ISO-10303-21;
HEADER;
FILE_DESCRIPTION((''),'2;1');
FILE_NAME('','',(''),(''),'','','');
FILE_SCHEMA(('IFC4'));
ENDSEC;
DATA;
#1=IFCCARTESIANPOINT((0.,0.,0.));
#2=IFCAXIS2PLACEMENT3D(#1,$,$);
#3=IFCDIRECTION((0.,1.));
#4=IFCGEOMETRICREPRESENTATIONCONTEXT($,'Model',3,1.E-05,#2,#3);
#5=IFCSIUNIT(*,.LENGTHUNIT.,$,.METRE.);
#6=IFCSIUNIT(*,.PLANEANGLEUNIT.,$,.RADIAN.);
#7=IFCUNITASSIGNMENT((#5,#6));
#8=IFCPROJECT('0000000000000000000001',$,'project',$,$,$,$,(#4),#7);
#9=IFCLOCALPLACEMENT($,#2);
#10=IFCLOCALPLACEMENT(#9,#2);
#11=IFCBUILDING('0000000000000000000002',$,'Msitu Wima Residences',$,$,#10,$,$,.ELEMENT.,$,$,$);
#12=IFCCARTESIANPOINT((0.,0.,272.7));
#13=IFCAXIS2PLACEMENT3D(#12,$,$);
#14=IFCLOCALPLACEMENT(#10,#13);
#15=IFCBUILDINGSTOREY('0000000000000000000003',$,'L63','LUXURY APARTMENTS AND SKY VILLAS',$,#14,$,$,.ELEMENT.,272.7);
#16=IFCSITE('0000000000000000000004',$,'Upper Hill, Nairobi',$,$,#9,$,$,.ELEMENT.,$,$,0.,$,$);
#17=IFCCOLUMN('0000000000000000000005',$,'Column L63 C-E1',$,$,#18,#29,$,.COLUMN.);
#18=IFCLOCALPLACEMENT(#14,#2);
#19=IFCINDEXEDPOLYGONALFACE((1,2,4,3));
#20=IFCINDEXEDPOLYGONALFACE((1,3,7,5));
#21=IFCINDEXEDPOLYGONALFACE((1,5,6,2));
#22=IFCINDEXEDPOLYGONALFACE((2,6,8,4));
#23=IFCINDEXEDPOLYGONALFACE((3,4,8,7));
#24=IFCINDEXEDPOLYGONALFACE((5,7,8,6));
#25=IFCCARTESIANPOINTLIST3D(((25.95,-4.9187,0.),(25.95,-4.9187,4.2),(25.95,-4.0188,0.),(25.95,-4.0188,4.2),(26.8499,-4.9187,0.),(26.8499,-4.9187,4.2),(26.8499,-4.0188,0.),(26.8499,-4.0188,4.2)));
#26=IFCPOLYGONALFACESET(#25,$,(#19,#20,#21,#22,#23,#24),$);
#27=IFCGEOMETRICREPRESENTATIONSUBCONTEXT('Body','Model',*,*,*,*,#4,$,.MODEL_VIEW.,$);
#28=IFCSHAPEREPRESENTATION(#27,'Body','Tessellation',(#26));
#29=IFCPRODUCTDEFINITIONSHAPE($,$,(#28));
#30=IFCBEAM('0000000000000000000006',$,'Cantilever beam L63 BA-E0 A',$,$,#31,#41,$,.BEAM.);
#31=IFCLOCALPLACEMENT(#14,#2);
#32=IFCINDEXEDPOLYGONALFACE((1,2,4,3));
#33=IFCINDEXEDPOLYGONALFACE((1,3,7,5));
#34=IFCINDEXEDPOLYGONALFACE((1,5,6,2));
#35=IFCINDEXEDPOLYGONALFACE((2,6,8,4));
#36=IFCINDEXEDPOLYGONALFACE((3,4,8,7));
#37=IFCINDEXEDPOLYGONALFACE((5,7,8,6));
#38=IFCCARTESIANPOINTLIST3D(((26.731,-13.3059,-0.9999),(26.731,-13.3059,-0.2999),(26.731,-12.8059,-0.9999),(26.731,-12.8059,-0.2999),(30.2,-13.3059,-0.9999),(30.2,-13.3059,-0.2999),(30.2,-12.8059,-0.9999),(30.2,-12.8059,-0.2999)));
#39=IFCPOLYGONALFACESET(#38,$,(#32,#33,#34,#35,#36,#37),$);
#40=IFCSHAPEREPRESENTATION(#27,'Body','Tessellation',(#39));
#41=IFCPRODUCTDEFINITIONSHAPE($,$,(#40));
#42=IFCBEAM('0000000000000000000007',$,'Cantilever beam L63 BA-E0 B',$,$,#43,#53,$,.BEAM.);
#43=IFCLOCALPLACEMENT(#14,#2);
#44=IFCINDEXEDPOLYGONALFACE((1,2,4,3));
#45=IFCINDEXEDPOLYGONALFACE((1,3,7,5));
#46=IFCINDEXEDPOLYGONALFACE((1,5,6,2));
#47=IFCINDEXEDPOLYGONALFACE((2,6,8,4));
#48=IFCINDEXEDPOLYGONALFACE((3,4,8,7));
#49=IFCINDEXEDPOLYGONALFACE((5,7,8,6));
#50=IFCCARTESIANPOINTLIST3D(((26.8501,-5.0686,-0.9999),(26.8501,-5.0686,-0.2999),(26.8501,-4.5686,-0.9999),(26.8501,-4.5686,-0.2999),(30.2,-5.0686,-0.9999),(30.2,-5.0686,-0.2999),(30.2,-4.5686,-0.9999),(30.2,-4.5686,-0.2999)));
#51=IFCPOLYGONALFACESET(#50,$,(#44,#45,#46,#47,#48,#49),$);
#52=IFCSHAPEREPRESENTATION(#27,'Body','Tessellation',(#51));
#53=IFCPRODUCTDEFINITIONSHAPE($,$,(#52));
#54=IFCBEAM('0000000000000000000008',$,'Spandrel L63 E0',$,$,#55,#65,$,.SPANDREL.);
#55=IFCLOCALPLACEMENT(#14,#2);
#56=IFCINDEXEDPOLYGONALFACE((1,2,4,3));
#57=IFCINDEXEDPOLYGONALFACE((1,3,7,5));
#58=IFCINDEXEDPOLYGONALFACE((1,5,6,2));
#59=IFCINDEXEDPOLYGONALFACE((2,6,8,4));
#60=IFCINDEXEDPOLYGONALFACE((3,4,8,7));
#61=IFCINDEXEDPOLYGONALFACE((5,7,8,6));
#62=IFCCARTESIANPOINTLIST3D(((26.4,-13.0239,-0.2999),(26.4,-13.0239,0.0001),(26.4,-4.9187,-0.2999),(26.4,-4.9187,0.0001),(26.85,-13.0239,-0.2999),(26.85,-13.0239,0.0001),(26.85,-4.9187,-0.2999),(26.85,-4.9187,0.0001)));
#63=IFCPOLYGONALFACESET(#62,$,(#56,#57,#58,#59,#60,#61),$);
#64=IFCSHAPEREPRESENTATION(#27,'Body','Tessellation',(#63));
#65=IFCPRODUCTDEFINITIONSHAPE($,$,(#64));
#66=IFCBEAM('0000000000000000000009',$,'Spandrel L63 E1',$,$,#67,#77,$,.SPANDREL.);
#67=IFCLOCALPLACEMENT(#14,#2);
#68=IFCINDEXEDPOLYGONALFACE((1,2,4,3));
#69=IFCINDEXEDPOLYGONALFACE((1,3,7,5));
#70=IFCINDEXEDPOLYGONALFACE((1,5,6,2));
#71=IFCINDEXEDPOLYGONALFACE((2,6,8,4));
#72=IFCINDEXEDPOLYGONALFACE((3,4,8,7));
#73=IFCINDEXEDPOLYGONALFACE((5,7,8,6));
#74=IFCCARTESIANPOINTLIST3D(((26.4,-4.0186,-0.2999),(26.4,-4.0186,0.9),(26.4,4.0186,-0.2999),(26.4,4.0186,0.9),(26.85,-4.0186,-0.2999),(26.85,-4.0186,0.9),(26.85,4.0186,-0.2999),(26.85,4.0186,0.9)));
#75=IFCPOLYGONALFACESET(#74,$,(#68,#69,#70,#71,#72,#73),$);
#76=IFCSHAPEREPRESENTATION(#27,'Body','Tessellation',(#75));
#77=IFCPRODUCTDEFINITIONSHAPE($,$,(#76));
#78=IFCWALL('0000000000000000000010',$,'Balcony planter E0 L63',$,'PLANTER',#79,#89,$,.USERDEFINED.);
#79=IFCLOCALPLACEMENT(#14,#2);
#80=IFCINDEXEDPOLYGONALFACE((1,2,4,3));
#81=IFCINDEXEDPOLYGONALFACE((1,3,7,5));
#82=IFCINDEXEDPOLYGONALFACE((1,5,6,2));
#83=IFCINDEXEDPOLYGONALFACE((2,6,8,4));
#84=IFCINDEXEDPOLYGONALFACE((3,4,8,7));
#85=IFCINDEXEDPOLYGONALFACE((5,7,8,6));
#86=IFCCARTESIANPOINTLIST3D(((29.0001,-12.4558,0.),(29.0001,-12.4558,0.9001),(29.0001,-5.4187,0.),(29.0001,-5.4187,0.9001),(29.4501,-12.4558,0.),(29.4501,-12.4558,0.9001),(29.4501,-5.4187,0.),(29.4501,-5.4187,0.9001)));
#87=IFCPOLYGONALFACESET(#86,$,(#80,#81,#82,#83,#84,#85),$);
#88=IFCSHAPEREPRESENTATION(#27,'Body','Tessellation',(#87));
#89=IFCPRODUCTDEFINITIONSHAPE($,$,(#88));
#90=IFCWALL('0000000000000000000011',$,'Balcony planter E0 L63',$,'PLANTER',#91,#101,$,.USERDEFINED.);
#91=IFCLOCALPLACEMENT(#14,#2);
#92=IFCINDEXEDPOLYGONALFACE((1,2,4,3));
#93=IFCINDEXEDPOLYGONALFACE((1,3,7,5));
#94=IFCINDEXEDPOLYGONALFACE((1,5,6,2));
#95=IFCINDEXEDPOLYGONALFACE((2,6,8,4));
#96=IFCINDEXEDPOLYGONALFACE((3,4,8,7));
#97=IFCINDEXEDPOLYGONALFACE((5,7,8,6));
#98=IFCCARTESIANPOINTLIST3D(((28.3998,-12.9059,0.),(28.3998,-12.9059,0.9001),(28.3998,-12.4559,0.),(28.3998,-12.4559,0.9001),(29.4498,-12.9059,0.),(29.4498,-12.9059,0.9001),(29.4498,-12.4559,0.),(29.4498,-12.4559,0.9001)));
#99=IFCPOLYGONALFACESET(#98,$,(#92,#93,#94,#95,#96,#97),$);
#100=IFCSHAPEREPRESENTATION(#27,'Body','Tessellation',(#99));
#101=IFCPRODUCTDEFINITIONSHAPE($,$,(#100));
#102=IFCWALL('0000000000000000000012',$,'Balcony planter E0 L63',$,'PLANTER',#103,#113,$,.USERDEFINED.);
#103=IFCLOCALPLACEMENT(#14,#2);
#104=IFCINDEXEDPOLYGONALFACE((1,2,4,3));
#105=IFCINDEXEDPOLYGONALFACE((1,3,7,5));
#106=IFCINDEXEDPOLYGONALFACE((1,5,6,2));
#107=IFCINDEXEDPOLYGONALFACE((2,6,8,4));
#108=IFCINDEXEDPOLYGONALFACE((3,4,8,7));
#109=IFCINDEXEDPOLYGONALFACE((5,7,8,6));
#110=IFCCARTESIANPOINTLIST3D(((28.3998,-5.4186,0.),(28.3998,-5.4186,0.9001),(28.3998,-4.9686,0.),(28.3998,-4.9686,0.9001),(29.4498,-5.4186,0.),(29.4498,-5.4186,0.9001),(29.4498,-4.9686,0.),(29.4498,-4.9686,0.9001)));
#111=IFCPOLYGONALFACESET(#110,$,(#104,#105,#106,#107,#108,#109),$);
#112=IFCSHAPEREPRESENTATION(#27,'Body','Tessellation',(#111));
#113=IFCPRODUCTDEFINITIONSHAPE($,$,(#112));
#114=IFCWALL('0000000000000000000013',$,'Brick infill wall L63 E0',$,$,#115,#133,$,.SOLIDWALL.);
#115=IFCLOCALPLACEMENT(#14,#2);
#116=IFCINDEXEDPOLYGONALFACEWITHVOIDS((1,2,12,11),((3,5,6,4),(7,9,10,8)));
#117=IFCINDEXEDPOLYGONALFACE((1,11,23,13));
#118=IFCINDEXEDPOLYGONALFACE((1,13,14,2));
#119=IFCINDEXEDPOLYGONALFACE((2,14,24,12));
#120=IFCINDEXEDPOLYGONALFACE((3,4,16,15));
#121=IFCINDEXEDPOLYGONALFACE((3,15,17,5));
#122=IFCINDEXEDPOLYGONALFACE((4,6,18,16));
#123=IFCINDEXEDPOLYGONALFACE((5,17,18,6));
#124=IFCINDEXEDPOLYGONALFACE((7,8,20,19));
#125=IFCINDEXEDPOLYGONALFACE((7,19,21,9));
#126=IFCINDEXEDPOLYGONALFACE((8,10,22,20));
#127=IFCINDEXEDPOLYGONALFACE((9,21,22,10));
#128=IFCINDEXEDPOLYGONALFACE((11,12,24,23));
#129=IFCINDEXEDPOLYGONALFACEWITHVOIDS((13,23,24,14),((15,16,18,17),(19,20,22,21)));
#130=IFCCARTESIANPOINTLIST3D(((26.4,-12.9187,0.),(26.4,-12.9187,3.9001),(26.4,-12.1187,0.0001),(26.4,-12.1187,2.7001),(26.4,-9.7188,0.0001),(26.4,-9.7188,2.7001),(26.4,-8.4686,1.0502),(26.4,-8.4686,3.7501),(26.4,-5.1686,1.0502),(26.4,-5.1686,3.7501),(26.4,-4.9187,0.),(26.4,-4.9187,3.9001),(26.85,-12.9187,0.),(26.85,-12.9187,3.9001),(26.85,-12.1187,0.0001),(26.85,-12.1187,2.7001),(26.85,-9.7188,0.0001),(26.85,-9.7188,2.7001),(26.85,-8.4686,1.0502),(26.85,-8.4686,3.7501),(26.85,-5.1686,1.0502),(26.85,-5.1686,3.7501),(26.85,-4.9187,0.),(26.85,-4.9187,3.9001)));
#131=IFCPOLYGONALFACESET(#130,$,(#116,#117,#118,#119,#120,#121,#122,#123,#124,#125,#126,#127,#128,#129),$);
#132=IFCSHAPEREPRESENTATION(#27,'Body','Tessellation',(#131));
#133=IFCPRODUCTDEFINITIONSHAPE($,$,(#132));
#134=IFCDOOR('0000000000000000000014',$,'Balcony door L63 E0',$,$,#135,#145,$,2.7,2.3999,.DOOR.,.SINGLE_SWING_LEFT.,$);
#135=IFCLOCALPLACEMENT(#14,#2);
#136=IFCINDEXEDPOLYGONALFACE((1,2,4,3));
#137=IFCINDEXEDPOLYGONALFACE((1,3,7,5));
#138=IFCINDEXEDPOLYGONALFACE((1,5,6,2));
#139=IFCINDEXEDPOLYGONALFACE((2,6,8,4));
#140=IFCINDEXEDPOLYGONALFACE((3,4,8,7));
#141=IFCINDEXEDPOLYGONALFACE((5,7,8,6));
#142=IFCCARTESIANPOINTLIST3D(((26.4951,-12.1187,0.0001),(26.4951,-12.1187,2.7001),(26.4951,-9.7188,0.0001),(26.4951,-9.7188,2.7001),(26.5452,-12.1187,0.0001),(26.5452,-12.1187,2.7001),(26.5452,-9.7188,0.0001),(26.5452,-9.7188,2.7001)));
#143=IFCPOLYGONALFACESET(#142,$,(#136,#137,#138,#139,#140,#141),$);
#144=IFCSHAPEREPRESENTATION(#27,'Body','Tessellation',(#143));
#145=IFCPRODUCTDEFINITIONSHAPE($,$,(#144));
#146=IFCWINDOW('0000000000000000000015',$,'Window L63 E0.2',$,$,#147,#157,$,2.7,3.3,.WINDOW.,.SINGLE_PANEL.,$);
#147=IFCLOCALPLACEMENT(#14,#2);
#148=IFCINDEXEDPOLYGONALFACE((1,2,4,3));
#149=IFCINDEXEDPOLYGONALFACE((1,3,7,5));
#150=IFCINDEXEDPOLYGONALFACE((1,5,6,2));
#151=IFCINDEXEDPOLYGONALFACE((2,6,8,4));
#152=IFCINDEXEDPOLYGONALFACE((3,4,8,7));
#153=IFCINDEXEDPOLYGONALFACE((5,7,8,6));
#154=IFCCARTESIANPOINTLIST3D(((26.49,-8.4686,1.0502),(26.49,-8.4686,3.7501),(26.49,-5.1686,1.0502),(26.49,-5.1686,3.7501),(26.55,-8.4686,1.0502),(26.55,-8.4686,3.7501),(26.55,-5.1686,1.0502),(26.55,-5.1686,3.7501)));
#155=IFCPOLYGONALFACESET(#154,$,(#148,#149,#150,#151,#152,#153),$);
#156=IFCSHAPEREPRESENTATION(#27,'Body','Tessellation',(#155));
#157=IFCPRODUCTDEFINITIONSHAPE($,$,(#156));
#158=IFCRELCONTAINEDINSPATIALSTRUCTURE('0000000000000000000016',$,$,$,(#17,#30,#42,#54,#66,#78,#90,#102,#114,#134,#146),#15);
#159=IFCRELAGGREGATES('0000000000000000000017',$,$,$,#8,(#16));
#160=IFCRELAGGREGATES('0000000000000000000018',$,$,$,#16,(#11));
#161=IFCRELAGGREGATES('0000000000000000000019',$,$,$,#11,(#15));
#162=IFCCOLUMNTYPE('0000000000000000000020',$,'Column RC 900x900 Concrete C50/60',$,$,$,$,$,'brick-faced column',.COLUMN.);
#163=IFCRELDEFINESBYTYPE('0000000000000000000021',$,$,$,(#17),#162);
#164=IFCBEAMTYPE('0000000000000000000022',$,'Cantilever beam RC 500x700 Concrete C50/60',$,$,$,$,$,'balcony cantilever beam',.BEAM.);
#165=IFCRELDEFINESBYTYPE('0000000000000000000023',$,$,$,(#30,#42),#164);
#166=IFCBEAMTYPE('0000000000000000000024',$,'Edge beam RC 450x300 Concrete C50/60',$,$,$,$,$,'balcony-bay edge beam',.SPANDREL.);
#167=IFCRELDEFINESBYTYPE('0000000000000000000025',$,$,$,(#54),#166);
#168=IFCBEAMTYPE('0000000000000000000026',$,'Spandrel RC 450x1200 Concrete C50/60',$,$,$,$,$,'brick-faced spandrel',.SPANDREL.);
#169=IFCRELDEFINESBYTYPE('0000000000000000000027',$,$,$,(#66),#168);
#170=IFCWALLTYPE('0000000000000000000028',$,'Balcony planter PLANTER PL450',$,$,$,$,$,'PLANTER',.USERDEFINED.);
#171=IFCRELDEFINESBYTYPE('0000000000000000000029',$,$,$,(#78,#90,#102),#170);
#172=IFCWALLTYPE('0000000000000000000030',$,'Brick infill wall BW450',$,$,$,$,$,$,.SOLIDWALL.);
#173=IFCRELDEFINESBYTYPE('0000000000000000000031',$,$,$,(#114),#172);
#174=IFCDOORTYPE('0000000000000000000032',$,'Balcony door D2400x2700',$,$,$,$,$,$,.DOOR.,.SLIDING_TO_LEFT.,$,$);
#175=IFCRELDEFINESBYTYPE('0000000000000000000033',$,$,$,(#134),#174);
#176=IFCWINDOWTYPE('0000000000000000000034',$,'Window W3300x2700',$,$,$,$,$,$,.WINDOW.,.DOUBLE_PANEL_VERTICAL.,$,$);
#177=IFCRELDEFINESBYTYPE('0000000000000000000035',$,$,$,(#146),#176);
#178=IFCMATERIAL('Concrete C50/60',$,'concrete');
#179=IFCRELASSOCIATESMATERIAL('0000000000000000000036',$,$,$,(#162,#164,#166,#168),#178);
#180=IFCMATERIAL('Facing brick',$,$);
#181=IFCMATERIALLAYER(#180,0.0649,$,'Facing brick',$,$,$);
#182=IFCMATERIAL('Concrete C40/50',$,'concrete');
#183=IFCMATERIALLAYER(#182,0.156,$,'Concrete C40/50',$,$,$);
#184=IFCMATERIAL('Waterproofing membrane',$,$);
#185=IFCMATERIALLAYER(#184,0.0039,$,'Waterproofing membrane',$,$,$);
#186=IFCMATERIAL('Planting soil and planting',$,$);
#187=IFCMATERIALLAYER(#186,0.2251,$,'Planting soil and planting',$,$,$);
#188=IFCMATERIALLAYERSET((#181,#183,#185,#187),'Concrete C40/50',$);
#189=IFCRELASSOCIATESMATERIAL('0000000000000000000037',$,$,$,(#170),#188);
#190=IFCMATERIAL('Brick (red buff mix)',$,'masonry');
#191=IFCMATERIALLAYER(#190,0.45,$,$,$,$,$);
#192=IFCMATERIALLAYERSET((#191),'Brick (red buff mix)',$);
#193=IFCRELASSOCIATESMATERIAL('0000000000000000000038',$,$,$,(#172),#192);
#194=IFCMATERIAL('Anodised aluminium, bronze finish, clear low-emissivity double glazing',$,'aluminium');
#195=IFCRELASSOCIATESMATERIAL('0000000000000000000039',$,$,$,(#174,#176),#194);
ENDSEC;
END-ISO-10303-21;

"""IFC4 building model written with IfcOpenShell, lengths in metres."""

from ifc_helpers import new_model, si_unit, direction, frame, frame_2d, origin, origin_2d, place, context, subcontext, project, spatial, rectangle, extrude, material, layer, layer_set, material_profile, profile_set, type_object, element, fill, save


model = new_model("IFC4")

# Units and contexts
model_context = context("Model", 3, precision=1e-05, world=origin(), true_north=direction((0.0, 1.0)))
body_context = subcontext(model_context, "Body", "Model", "MODEL_VIEW")
ifc_project = project(units=[si_unit("LENGTHUNIT", "METRE"), si_unit("PLANEANGLEUNIT", "RADIAN")], contexts=[model_context])

# Site, building, storey
site_placement = place(None, origin())
site = spatial("IfcSite", under=ifc_project, at=site_placement, Name="Upper Hill, Nairobi", CompositionType="ELEMENT", RefElevation=0.0)
building_placement = place(site_placement, origin())
building = spatial("IfcBuilding", under=site, at=building_placement, Name="Msitu Wima Residences", CompositionType="ELEMENT")
storey_placement = place(building_placement, frame((0.0, 0.0, 272.7)))
storey = spatial("IfcBuildingStorey", under=building, at=storey_placement, Name="L63", Description="LUXURY APARTMENTS AND SKY VILLAS", CompositionType="ELEMENT", Elevation=272.7)

# Column
ifc_material_1 = material(Name="Concrete C50/60", Category="concrete")
ifc_material_profile_1 = material_profile(ifc_material_1, rectangle(XDim=0.8999, YDim=0.8999, at=origin_2d()), Name="RC 900x900")
ifc_profile_set_1 = profile_set([ifc_material_profile_1], Name="Concrete C50/60")
column_type = type_object("IfcColumnType", Name="Column RC 900x900 Concrete C50/60", ElementType="brick-faced column", PredefinedType="COLUMN", material=ifc_profile_set_1)
column_placement = place(storey_placement, frame((26.3999, -4.4688, 0.0), z_axis=(0.0, 0.0, 1.0), x_axis=(0.0, 1.0, 0.0)))
element("IfcColumn", 1, at=column_placement, inside=storey, type_object=column_type, Name="Column L63 C-E1", PredefinedType="COLUMN", context=body_context, shape_type="SweptSolid", body=[
    extrude(rectangle(XDim=0.8999, YDim=0.8999, at=origin_2d()), origin(), (0.0, 0.0, 1.0), 4.2),
])

# Beams
ifc_material_profile_2 = material_profile(ifc_material_1, rectangle(XDim=0.5, YDim=0.7, at=origin_2d()), Name="RC 500x700")
ifc_profile_set_2 = profile_set([ifc_material_profile_2], Name="Concrete C50/60")
beam_type_1 = type_object("IfcBeamType", Name="Cantilever beam RC 500x700 Concrete C50/60", ElementType="balcony cantilever beam", PredefinedType="BEAM", material=ifc_profile_set_2)
beam_1_placement = place(storey_placement, frame((26.731, -13.0559, -0.6499), z_axis=(1.0, 0.0, 0.0), x_axis=(0.0, 1.0, 0.0)))
element("IfcBeam", 2, at=beam_1_placement, inside=storey, type_object=beam_type_1, Name="Cantilever beam L63 BA-E0 A", PredefinedType="BEAM", context=body_context, shape_type="SweptSolid", body=[
    extrude(rectangle(XDim=0.5, YDim=0.7, at=origin_2d()), origin(), (0.0, 0.0, 1.0), 3.469),
])
beam_2_placement = place(storey_placement, frame((26.8501, -4.8186, -0.6499), z_axis=(1.0, 0.0, 0.0), x_axis=(0.0, 1.0, 0.0)))
element("IfcBeam", 3, at=beam_2_placement, inside=storey, type_object=beam_type_1, Name="Cantilever beam L63 BA-E0 B", PredefinedType="BEAM", context=body_context, shape_type="SweptSolid", body=[
    extrude(rectangle(XDim=0.5, YDim=0.7, at=origin_2d()), origin(), (0.0, 0.0, 1.0), 3.3499),
])
ifc_material_profile_3 = material_profile(ifc_material_1, rectangle(XDim=0.45, YDim=0.3, at=origin_2d()), Name="RC 450x300")
ifc_profile_set_3 = profile_set([ifc_material_profile_3], Name="Concrete C50/60")
beam_type_2 = type_object("IfcBeamType", Name="Edge beam RC 450x300 Concrete C50/60", ElementType="balcony-bay edge beam", PredefinedType="SPANDREL", material=ifc_profile_set_3)
beam_3_placement = place(storey_placement, frame((26.625, -13.0239, -0.1499), z_axis=(0.0, 1.0, 0.0), x_axis=(-1.0, 0.0, 0.0)))
element("IfcBeam", 4, at=beam_3_placement, inside=storey, type_object=beam_type_2, Name="Spandrel L63 E0", PredefinedType="SPANDREL", context=body_context, shape_type="SweptSolid", body=[
    extrude(rectangle(XDim=0.45, YDim=0.3, at=origin_2d()), origin(), (0.0, 0.0, 1.0), 8.1052),
])
ifc_material_profile_4 = material_profile(ifc_material_1, rectangle(XDim=0.45, YDim=1.2, at=origin_2d()), Name="RC 450x1200")
ifc_profile_set_4 = profile_set([ifc_material_profile_4], Name="Concrete C50/60")
beam_type_3 = type_object("IfcBeamType", Name="Spandrel RC 450x1200 Concrete C50/60", ElementType="brick-faced spandrel", PredefinedType="SPANDREL", material=ifc_profile_set_4)
beam_4_placement = place(storey_placement, frame((26.625, -4.0186, 0.3), z_axis=(0.0, 1.0, 0.0), x_axis=(-1.0, 0.0, 0.0)))
element("IfcBeam", 5, at=beam_4_placement, inside=storey, type_object=beam_type_3, Name="Spandrel L63 E1", PredefinedType="SPANDREL", context=body_context, shape_type="SweptSolid", body=[
    extrude(rectangle(XDim=0.45, YDim=1.2, at=origin_2d()), origin(), (0.0, 0.0, 1.0), 8.0371),
])

# Walls
ifc_material_2 = material(Name="Facing brick")
ifc_layer_1 = layer(ifc_material_2, 0.0649, Name="Facing brick")
ifc_material_3 = material(Name="Concrete C40/50", Category="concrete")
ifc_layer_2 = layer(ifc_material_3, 0.156, Name="Concrete C40/50")
ifc_material_4 = material(Name="Waterproofing membrane")
ifc_layer_3 = layer(ifc_material_4, 0.0039, Name="Waterproofing membrane")
ifc_material_5 = material(Name="Planting soil and planting")
ifc_layer_4 = layer(ifc_material_5, 0.2251, Name="Planting soil and planting")
ifc_layer_set_1 = layer_set([ifc_layer_1, ifc_layer_2, ifc_layer_3, ifc_layer_4], Name="Concrete C40/50")
wall_type_1 = type_object("IfcWallType", Name="Balcony planter PLANTER PL450", ElementType="PLANTER", PredefinedType="USERDEFINED", material=ifc_layer_set_1)
wall_1_placement = place(storey_placement, frame((29.2251, -12.4558, 0.0), z_axis=(0.0, 0.0, 1.0), x_axis=(0.0, 1.0, 0.0)))
element("IfcWall", 6, at=wall_1_placement, inside=storey, type_object=wall_type_1, Name="Balcony planter E0 L63", ObjectType="PLANTER", PredefinedType="USERDEFINED", context=body_context, shape_type="SweptSolid", body=[
    extrude(rectangle(XDim=7.0371, YDim=0.45, at=frame_2d((3.5186, 0.0))), origin(), (0.0, 0.0, 1.0), 0.9001),
])
for number, where, z_axis, x_axis, name in (
    (7, (28.3999, -12.6809, 0.0), (0.0, 0.0, 1.0), (1.0, 0.0, 0.0), "Balcony planter E0 L63"),
    (8, (28.3999, -5.1936, 0.0), (0.0, 0.0, 1.0), (1.0, 0.0, 0.0), "Balcony planter E0 L63"),
):
    element("IfcWall", number, at=place(storey_placement, frame(where, z_axis=z_axis, x_axis=x_axis)), inside=storey, type_object=wall_type_1, Name=name, ObjectType="PLANTER", PredefinedType="USERDEFINED", context=body_context, shape_type="SweptSolid", body=[
        extrude(rectangle(XDim=1.05, YDim=0.45, at=frame_2d((0.5249, 0.0))), origin(), (0.0, 0.0, 1.0), 0.9001),
    ])

# Wall, openings, door, window
ifc_material_6 = material(Name="Brick (red buff mix)", Category="masonry")
ifc_layer_5 = layer(ifc_material_6, 0.45)
ifc_layer_set_2 = layer_set([ifc_layer_5], Name="Brick (red buff mix)")
wall_type_2 = type_object("IfcWallType", Name="Brick infill wall BW450", PredefinedType="SOLIDWALL", material=ifc_layer_set_2)
wall_2_placement = place(storey_placement, frame((26.625, -12.9187, 0.0), z_axis=(0.0, 0.0, 1.0), x_axis=(0.0, 1.0, 0.0)))
wall_2 = element("IfcWall", 9, at=wall_2_placement, inside=storey, type_object=wall_type_2, Name="Brick infill wall L63 E0", PredefinedType="SOLIDWALL", context=body_context, shape_type="SweptSolid", body=[
    extrude(rectangle(XDim=8.0, YDim=0.45, at=frame_2d((4.0, 0.0))), origin(), (0.0, 0.0, 1.0), 3.9001),
])
opening_1_placement = place(wall_2_placement, frame((0.8, 0.0, 0.0)))
opening_1 = element("IfcOpeningElement", 10, at=opening_1_placement, cuts=wall_2, PredefinedType="OPENING", context=body_context, shape_type="SweptSolid", body=[
    extrude(rectangle(XDim=2.3999, YDim=2.7, at=frame_2d((1.2, 1.3501))), frame((0.0, 0.2349, 0.0), z_axis=(0.0, -1.0, 0.0), x_axis=(1.0, 0.0, 0.0)), (0.0, 0.0, 1.0), 0.47),
])
opening_2_placement = place(wall_2_placement, frame((4.4502, 0.0, 1.05)))
opening_2 = element("IfcOpeningElement", 11, at=opening_2_placement, cuts=wall_2, PredefinedType="OPENING", context=body_context, shape_type="SweptSolid", body=[
    extrude(rectangle(XDim=3.3, YDim=2.7, at=frame_2d((1.6499, 1.3501))), frame((0.0, 0.2349, 0.0), z_axis=(0.0, -1.0, 0.0), x_axis=(1.0, 0.0, 0.0)), (0.0, 0.0, 1.0), 0.47),
])
ifc_material_7 = material(Name="Anodised aluminium, bronze finish, clear low-emissivity double glazing", Category="aluminium")
door_type = type_object("IfcDoorType", Name="Balcony door D2400x2700", OperationType="SLIDING_TO_LEFT", PredefinedType="DOOR", material=ifc_material_7)
door_placement = place(opening_1_placement, origin())
door = element("IfcDoor", 12, at=door_placement, inside=storey, type_object=door_type, Name="Balcony door L63 E0", OperationType="SINGLE_SWING_LEFT", OverallHeight=2.7, OverallWidth=2.3999, PredefinedType="DOOR", context=body_context, shape_type="SweptSolid", body=[
    extrude(rectangle(XDim=2.3999, YDim=2.7, at=frame_2d((1.2, 1.3501))), frame((0.0, 0.1299, 0.0), z_axis=(0.0, -1.0, 0.0), x_axis=(1.0, 0.0, 0.0)), (0.0, 0.0, 1.0), 0.05),
])
fill(opening_1, door)
window_type = type_object("IfcWindowType", Name="Window W3300x2700", PartitioningType="DOUBLE_PANEL_VERTICAL", PredefinedType="WINDOW", material=ifc_material_7)
window_1_placement = place(opening_2_placement, origin())
window_1 = element("IfcWindow", 13, at=window_1_placement, inside=storey, type_object=window_type, Name="Window L63 E0.2", OverallHeight=2.7, OverallWidth=3.3, PartitioningType="SINGLE_PANEL", PredefinedType="WINDOW", context=body_context, shape_type="SweptSolid", body=[
    extrude(rectangle(XDim=3.3, YDim=2.7, at=frame_2d((1.6499, 1.3501))), frame((0.0, 0.135, 0.0), z_axis=(0.0, -1.0, 0.0), x_axis=(1.0, 0.0, 0.0)), (0.0, 0.0, 1.0), 0.0601),
])
fill(opening_2, window_1)

save(model, "model.ifc")
